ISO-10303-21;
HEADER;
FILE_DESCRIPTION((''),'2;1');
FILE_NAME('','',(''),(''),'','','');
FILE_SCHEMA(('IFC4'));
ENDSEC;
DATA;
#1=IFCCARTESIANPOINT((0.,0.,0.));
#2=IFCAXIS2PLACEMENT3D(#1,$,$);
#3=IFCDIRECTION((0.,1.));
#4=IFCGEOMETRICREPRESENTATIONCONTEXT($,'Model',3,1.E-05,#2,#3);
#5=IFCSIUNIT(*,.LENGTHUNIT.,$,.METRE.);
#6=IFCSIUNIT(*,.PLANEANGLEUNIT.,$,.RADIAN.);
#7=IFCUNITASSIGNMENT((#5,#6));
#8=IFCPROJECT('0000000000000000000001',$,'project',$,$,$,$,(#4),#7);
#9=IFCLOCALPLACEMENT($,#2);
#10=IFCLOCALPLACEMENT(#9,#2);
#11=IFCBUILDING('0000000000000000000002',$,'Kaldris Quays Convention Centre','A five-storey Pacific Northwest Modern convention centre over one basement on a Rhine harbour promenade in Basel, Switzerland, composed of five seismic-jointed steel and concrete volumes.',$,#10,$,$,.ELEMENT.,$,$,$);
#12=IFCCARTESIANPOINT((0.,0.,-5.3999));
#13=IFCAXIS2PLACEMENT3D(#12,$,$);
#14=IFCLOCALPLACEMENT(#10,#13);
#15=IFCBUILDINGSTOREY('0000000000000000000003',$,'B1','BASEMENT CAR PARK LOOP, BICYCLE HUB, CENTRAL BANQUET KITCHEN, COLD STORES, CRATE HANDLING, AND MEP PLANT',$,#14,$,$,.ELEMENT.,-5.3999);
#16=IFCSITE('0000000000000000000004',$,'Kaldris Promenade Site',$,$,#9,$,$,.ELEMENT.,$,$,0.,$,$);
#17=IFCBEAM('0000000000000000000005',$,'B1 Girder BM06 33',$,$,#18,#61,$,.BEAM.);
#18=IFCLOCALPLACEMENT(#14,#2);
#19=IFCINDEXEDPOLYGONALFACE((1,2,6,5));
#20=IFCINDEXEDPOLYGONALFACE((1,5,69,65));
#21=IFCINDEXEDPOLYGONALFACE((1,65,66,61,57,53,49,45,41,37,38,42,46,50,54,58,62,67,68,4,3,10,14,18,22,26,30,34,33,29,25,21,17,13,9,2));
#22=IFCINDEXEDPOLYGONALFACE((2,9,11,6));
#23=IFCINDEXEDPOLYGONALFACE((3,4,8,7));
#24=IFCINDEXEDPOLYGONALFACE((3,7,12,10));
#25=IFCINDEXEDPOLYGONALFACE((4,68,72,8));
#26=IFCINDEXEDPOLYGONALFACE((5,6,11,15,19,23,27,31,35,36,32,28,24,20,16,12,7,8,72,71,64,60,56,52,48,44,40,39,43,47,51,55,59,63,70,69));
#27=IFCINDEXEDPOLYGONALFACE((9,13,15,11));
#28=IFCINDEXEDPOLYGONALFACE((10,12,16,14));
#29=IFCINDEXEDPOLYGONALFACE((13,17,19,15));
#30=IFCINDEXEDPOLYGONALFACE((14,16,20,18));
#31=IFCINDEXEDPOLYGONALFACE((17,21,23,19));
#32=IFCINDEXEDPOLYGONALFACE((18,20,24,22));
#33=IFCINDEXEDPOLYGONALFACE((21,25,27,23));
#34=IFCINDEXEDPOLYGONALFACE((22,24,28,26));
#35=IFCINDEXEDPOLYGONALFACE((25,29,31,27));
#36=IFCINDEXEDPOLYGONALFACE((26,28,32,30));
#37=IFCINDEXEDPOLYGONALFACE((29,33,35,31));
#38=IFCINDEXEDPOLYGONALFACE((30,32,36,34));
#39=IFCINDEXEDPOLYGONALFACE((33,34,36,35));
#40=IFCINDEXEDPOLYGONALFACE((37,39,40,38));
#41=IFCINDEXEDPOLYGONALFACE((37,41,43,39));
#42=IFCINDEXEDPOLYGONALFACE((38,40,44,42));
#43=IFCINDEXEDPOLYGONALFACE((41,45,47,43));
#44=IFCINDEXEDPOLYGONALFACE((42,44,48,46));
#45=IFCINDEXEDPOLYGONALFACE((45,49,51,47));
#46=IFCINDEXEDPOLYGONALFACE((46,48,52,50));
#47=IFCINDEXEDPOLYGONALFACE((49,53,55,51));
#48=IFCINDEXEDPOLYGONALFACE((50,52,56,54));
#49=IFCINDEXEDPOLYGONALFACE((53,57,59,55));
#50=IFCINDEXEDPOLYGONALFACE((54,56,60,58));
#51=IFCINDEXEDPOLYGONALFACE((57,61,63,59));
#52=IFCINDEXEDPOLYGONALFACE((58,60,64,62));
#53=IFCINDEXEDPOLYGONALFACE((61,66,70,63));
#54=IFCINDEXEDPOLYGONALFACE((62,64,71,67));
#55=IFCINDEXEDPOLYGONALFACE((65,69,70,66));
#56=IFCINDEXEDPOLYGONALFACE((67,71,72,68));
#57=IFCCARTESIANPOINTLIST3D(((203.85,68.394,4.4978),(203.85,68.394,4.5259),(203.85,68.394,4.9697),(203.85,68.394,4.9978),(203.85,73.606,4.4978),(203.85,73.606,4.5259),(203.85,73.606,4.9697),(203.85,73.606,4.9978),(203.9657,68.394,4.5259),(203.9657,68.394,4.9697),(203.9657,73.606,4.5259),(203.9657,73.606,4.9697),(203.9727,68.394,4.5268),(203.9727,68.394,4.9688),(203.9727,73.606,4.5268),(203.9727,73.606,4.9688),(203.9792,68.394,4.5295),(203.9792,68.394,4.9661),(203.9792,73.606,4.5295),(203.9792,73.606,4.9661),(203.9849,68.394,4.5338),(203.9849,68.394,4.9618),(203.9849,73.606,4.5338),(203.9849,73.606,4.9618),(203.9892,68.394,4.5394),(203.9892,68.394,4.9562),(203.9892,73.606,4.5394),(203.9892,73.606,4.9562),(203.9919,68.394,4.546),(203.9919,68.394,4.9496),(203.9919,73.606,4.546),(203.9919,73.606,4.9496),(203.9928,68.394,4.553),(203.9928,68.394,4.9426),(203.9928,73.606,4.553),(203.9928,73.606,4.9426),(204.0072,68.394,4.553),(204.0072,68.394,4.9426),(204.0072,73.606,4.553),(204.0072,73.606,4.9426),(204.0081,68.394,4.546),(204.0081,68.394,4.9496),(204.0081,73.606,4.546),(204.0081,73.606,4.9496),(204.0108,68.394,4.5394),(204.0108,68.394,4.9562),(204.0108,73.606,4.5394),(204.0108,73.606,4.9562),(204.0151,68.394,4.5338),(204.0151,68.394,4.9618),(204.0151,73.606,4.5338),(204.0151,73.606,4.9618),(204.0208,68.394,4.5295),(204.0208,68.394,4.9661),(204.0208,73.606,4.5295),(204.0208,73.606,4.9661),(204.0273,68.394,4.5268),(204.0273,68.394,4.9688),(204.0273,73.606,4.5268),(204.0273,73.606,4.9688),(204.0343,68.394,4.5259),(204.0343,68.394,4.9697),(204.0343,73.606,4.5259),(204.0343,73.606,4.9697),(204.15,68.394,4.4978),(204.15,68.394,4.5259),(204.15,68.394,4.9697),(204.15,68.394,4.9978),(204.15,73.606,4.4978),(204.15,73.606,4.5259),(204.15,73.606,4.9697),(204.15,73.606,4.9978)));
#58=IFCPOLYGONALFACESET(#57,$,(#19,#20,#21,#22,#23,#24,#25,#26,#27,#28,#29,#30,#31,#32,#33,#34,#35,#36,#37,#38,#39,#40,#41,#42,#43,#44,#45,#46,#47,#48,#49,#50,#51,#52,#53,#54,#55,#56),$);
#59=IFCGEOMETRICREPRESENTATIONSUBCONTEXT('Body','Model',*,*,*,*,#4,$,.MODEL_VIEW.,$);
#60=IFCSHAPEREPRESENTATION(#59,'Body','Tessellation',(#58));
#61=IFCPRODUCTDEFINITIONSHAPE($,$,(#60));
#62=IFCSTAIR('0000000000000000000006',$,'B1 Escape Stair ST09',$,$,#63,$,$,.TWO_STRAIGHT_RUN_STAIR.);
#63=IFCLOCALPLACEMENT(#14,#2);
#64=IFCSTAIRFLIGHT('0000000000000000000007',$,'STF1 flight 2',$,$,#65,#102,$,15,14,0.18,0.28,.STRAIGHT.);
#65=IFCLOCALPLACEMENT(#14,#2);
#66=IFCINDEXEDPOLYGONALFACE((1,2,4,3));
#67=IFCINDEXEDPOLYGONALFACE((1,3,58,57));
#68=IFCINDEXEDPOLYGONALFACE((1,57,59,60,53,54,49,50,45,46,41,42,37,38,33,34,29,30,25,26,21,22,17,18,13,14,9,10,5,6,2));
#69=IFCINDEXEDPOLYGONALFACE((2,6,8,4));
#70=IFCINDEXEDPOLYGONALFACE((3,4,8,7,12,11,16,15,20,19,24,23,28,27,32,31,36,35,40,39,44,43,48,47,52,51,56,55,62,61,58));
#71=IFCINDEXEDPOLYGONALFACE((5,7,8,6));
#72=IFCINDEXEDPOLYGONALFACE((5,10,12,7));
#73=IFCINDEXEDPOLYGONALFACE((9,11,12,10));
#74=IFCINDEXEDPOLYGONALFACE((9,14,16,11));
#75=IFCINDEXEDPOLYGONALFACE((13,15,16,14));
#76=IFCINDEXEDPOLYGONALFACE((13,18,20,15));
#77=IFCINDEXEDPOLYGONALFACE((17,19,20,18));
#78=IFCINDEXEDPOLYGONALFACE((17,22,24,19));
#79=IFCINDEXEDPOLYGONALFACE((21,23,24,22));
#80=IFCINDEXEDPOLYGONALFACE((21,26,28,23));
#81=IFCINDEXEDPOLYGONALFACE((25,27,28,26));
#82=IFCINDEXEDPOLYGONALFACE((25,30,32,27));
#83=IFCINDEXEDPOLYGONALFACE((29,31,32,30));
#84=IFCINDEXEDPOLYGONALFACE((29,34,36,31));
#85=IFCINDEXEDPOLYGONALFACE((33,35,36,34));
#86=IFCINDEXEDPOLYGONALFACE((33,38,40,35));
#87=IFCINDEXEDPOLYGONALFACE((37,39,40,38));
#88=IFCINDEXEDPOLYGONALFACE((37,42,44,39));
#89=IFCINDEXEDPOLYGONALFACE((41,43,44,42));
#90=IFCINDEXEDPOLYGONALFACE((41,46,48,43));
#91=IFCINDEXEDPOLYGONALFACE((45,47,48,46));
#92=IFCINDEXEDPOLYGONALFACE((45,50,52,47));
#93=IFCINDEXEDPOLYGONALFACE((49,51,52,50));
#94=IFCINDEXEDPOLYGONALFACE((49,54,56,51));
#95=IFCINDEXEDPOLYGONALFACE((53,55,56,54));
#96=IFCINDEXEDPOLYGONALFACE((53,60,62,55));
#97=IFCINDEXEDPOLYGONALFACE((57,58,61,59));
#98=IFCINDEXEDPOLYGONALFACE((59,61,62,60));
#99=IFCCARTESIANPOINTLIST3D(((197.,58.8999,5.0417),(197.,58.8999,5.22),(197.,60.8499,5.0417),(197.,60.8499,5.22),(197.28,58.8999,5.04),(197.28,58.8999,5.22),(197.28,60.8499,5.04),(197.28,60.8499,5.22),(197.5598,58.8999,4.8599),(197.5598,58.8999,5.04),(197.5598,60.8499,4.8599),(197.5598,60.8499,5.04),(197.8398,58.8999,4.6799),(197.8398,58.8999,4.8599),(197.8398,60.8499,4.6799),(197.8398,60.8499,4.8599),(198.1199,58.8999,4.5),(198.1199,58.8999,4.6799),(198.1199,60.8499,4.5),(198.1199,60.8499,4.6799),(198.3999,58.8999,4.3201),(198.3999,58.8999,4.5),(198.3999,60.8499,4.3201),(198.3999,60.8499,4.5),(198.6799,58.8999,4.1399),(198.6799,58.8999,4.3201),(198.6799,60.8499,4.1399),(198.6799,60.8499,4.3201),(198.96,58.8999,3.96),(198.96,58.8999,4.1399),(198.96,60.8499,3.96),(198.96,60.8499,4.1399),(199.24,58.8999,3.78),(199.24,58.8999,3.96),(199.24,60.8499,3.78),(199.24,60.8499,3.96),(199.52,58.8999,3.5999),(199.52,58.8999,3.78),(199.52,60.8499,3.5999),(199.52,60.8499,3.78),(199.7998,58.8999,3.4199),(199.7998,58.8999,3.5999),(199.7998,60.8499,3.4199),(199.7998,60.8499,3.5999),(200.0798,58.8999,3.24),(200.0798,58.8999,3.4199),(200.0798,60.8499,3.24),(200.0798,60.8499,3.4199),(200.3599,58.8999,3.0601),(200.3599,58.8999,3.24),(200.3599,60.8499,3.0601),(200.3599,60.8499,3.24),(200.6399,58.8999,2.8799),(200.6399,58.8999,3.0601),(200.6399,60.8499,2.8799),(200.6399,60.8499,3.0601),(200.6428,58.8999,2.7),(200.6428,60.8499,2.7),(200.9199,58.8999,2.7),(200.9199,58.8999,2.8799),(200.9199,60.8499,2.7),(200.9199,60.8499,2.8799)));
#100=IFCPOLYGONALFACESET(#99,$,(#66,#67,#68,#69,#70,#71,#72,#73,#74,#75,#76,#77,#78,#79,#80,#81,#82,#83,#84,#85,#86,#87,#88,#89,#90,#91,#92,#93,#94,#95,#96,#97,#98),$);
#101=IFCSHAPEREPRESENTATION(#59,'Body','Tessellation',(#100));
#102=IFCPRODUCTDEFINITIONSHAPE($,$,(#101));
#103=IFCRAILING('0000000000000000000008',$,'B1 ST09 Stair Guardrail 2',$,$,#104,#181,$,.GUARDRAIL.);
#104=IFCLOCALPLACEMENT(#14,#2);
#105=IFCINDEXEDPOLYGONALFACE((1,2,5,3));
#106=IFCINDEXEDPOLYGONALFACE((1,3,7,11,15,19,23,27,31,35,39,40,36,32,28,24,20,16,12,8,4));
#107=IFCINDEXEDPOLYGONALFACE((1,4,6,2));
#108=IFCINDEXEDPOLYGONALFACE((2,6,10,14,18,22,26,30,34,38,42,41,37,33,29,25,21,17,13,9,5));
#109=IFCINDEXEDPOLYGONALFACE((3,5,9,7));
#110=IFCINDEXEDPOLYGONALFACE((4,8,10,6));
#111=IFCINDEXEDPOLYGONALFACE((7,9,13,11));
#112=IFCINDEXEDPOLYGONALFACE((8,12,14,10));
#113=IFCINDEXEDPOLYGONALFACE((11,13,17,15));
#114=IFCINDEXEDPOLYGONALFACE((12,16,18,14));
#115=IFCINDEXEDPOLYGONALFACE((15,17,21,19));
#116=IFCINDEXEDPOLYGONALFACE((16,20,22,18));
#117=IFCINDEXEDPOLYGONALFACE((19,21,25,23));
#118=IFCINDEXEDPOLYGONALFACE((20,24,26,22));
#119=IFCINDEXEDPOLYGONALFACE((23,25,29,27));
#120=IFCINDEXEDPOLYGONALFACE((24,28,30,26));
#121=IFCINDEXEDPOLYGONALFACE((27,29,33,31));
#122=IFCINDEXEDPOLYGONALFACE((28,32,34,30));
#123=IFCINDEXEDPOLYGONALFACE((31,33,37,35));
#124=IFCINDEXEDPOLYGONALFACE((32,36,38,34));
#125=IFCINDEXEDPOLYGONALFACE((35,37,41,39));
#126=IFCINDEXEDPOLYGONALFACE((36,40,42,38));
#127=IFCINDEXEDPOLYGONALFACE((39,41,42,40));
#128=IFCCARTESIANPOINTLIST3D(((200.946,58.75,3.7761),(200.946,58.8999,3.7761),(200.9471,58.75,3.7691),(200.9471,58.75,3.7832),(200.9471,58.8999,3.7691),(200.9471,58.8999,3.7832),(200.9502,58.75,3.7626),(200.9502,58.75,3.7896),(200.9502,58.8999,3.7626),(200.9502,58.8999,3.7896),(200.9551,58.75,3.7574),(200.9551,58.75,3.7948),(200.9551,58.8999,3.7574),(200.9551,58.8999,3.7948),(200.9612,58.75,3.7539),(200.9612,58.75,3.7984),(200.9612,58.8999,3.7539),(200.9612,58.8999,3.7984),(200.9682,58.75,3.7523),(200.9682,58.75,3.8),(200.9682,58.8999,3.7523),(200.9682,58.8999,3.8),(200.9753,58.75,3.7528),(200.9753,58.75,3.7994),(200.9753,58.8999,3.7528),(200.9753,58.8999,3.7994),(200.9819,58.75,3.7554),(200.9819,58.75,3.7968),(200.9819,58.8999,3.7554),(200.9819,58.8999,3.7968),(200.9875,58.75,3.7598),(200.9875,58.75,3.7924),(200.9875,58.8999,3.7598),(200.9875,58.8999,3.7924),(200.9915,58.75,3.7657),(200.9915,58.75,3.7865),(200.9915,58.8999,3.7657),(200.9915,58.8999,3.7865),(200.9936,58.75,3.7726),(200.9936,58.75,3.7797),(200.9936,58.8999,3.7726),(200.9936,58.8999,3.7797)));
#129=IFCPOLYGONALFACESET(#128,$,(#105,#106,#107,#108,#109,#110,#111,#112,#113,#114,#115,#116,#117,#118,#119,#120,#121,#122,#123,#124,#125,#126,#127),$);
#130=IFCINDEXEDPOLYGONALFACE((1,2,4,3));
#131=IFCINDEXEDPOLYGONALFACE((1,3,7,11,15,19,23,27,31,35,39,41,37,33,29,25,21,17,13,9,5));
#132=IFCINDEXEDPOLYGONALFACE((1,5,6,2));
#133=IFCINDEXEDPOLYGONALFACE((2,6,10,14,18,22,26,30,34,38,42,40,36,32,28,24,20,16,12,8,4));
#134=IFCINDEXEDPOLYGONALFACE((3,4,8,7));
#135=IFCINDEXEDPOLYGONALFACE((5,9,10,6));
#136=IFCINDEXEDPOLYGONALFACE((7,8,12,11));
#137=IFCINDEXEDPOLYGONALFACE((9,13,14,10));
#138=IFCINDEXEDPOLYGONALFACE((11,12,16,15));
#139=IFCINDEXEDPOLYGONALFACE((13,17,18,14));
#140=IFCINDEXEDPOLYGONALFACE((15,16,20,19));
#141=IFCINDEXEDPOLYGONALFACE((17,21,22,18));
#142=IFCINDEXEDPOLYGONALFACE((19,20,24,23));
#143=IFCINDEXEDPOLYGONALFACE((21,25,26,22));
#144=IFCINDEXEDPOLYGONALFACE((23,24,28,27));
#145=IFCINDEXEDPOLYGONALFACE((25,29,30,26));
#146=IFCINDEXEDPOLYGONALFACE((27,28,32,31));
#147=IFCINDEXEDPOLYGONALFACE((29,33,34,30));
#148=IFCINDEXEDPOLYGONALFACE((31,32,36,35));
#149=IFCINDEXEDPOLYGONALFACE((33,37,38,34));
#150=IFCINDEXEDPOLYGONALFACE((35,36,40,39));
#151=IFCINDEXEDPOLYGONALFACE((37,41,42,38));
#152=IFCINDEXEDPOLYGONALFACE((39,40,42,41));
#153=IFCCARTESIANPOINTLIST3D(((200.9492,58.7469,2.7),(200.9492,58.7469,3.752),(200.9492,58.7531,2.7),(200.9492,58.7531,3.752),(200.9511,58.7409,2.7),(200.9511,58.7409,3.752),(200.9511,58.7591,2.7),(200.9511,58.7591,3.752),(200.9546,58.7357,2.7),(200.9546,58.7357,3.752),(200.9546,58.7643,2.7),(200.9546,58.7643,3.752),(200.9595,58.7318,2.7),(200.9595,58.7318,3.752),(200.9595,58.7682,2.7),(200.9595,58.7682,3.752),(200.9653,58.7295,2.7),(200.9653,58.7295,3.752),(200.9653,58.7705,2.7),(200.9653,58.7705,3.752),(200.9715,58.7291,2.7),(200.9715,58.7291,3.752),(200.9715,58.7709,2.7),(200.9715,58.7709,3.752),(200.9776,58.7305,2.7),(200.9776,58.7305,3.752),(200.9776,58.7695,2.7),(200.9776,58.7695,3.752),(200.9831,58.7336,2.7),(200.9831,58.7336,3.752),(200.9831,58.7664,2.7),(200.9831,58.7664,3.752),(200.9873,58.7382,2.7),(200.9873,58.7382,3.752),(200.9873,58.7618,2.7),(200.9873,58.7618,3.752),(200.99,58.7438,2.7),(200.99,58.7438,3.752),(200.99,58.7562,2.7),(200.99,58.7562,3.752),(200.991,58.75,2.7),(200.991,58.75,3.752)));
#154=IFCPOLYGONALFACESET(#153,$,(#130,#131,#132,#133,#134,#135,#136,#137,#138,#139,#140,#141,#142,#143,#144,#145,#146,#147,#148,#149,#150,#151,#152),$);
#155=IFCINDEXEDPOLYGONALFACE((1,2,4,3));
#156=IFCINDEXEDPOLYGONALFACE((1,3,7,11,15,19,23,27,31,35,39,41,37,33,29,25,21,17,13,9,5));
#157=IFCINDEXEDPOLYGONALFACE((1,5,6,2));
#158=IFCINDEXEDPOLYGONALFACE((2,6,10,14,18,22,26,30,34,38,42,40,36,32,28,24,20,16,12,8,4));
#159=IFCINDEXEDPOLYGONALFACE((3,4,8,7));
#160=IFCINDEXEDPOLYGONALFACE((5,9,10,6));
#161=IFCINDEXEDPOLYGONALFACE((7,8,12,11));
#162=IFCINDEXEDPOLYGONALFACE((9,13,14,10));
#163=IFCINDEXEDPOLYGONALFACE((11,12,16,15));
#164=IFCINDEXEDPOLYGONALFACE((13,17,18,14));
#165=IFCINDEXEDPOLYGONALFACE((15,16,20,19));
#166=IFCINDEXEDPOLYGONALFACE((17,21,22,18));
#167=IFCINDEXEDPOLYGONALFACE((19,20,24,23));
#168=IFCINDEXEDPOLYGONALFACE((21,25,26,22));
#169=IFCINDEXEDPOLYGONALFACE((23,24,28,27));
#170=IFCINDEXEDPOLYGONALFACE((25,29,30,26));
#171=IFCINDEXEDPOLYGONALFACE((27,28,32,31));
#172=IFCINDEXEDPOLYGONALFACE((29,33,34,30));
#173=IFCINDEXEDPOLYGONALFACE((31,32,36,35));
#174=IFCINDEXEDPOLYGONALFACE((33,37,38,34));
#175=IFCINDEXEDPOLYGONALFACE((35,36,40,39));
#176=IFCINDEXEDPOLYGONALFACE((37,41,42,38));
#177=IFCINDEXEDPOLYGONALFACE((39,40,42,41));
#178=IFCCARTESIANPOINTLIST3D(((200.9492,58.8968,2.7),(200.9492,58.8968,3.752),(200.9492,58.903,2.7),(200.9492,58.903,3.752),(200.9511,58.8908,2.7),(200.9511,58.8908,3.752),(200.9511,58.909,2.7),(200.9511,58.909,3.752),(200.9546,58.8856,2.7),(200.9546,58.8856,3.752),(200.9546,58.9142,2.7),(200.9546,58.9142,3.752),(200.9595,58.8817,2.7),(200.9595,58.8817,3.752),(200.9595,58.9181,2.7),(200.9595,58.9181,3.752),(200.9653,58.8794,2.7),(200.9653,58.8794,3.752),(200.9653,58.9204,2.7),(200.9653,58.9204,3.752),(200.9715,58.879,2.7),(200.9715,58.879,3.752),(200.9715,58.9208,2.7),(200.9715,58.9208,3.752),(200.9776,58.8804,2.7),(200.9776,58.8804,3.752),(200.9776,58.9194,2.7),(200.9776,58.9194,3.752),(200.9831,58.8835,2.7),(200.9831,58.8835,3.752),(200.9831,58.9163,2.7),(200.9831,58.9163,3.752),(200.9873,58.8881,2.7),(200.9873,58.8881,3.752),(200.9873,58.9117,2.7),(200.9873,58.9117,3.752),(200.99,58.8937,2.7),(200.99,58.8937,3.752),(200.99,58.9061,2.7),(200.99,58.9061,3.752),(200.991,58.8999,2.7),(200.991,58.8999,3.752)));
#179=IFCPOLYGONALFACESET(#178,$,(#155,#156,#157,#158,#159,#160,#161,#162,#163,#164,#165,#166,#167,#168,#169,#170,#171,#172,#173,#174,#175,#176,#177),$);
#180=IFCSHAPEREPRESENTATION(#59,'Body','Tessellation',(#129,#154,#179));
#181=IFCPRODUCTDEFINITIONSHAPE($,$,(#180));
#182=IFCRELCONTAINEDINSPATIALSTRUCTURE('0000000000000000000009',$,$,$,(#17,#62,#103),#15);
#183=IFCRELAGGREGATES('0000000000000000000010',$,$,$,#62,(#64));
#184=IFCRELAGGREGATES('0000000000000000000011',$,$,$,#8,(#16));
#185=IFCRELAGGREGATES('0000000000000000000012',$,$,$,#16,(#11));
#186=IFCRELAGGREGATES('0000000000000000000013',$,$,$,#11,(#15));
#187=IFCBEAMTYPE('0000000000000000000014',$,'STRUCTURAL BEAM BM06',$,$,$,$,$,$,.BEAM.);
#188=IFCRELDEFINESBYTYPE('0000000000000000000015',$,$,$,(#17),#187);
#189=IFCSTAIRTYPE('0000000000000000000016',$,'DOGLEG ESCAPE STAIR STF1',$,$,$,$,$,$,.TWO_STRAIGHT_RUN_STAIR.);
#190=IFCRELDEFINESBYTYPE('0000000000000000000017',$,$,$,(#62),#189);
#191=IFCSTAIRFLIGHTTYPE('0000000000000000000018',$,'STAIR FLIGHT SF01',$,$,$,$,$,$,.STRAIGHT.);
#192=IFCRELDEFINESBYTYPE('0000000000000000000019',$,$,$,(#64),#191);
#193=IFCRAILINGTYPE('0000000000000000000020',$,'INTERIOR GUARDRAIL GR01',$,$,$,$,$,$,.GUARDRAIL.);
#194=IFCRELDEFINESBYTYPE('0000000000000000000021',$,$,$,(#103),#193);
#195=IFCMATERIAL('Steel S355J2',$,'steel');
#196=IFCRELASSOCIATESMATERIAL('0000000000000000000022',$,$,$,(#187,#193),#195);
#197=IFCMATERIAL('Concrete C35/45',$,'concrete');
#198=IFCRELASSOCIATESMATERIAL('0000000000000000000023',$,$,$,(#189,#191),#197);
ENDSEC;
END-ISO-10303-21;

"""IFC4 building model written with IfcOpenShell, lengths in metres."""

from ifc_helpers import new_model, si_unit, direction, frame, origin, origin_2d, place, context, subcontext, project, spatial, polyline, circle, i_section, outline, extrude, material, material_profile, profile_set, type_object, element, aggregate, save


model = new_model("IFC4")

# Units and contexts
model_context = context("Model", 3, precision=1e-05, world=origin(), true_north=direction((0.0, 1.0)))
body_context = subcontext(model_context, "Body", "Model", "MODEL_VIEW")
ifc_project = project(units=[si_unit("LENGTHUNIT", "METRE"), si_unit("PLANEANGLEUNIT", "RADIAN")], contexts=[model_context])

# Site, building, storey
site_placement = place(None, origin())
site = spatial("IfcSite", under=ifc_project, at=site_placement, Name="Kaldris Promenade Site", CompositionType="ELEMENT", RefElevation=0.0)
building_placement = place(site_placement, origin())
building = spatial("IfcBuilding", under=site, at=building_placement, Name="Kaldris Quays Convention Centre", Description="A five-storey Pacific Northwest Modern convention centre over one basement on a Rhine harbour promenade in Basel, Switzerland, composed of five seismic-jointed steel and concrete volumes.", CompositionType="ELEMENT")
storey_placement = place(building_placement, frame((0.0, 0.0, -5.3999)))
storey = spatial("IfcBuildingStorey", under=building, at=storey_placement, Name="B1", Description="BASEMENT CAR PARK LOOP, BICYCLE HUB, CENTRAL BANQUET KITCHEN, COLD STORES, CRATE HANDLING, AND MEP PLANT", CompositionType="ELEMENT", Elevation=-5.3999)

# Shared definitions
ifc_material_1 = material(Name="Concrete C35/45", Category="concrete")

# Shared definitions
ifc_material_2 = material(Name="Steel S355J2", Category="steel")

# Beam
ifc_material_profile_1 = material_profile(ifc_material_2, i_section(OverallWidth=0.3, OverallDepth=0.5, WebThickness=0.0144, FlangeThickness=0.0281, FilletRadius=0.0271, at=origin_2d()), Name="HEB 500")
ifc_profile_set_1 = profile_set([ifc_material_profile_1], Name="Steel S355J2")
beam_type = type_object("IfcBeamType", Name="STRUCTURAL BEAM BM06", PredefinedType="BEAM", material=ifc_profile_set_1)
for number, where, z_axis, x_axis, name in (
    (1, (204.0, 68.394, 4.7478), (0.0, 1.0, 0.0), (-1.0, 0.0, 0.0), "B1 Girder BM06 33"),
):
    element("IfcBeam", number, at=place(storey_placement, frame(where, z_axis=z_axis, x_axis=x_axis)), inside=storey, type_object=beam_type, Name=name, PredefinedType="BEAM", context=body_context, shape_type="SweptSolid", body=[
        extrude(i_section(OverallWidth=0.3, OverallDepth=0.5, WebThickness=0.0144, FlangeThickness=0.0281, FilletRadius=0.0271, at=origin_2d()), origin(), (0.0, 0.0, 1.0), 5.2119),
    ])

# Stair, stair flight
stair_type = type_object("IfcStairType", Name="DOGLEG ESCAPE STAIR STF1", PredefinedType="TWO_STRAIGHT_RUN_STAIR", material=ifc_material_1)
stair_placement = place(storey_placement, origin())
stair = element("IfcStair", 2, at=stair_placement, inside=storey, type_object=stair_type, Name="B1 Escape Stair ST09", PredefinedType="TWO_STRAIGHT_RUN_STAIR")
stair_flight_type = type_object("IfcStairFlightType", Name="STAIR FLIGHT SF01", PredefinedType="STRAIGHT", material=ifc_material_1)
stair_flight_placement = place(storey_placement, frame((200.9199, 59.875, 2.7), z_axis=(0.0, 0.0, 1.0), x_axis=(-1.0, 0.0, 0.0)))
stair_flight = element("IfcStairFlight", 3, at=stair_flight_placement, type_object=stair_flight_type, Name="STF1 flight 2", NumberOfRisers=15, NumberOfTreads=14, PredefinedType="STRAIGHT", RiserHeight=0.18, TreadLength=0.28, context=body_context, shape_type="SweptSolid", body=[
    extrude(outline(polyline([(0.0, 0.0), (0.0, 0.1799), (0.28, 0.1799), (0.28, 0.3601), (0.5601, 0.3601), (0.5601, 0.54), (0.8401, 0.54), (0.8401, 0.72), (1.1201, 0.72), (1.1201, 0.8999), (1.3999, 0.8999), (1.3999, 1.0801), (1.6799, 1.0801), (1.6799, 1.26), (1.96, 1.26), (1.96, 1.4399), (2.24, 1.4399), (2.24, 1.6201), (2.52, 1.6201), (2.52, 1.8), (2.8, 1.8), (2.8, 1.98), (3.0801, 1.98), (3.0801, 2.1599), (3.3601, 2.1599), (3.3601, 2.3401), (3.6399, 2.3401), (3.6399, 2.52), (3.9199, 2.52), (3.9199, 2.7), (3.9199, 2.3418), (0.2771, 0.0), (0.0, 0.0)])), frame((0.0, 0.9751, 0.0), z_axis=(0.0, -1.0, 0.0), x_axis=(1.0, 0.0, 0.0)), (0.0, 0.0, 1.0), 1.95),
])
aggregate(stair, [stair_flight])

# Railing
railing_type_1 = type_object("IfcRailingType", Name="INTERIOR GUARDRAIL GR01", PredefinedType="GUARDRAIL", material=ifc_material_2)
railing_1_placement = place(storey_placement, frame((200.97, 58.75, 2.7)))
element("IfcRailing", 4, at=railing_1_placement, inside=storey, type_object=railing_type_1, Name="B1 ST09 Stair Guardrail 2", PredefinedType="GUARDRAIL", context=body_context, shape_type="SweptSolid", body=[
    extrude(circle(Radius=0.0239, at=origin_2d()), frame((0.0, 0.0, 1.0762), z_axis=(0.0, 1.0, 0.0), x_axis=(-1.0, 0.0, 0.0)), (0.0, 0.0, 1.0), 0.1499),
    extrude(circle(Radius=0.021, at=origin_2d()), origin(), (0.0, 0.0, 1.0), 1.052),
    extrude(circle(Radius=0.021, at=origin_2d()), frame((0.0, 0.1499, 0.0)), (0.0, 0.0, 1.0), 1.052),
])

save(model, "model.ifc")
